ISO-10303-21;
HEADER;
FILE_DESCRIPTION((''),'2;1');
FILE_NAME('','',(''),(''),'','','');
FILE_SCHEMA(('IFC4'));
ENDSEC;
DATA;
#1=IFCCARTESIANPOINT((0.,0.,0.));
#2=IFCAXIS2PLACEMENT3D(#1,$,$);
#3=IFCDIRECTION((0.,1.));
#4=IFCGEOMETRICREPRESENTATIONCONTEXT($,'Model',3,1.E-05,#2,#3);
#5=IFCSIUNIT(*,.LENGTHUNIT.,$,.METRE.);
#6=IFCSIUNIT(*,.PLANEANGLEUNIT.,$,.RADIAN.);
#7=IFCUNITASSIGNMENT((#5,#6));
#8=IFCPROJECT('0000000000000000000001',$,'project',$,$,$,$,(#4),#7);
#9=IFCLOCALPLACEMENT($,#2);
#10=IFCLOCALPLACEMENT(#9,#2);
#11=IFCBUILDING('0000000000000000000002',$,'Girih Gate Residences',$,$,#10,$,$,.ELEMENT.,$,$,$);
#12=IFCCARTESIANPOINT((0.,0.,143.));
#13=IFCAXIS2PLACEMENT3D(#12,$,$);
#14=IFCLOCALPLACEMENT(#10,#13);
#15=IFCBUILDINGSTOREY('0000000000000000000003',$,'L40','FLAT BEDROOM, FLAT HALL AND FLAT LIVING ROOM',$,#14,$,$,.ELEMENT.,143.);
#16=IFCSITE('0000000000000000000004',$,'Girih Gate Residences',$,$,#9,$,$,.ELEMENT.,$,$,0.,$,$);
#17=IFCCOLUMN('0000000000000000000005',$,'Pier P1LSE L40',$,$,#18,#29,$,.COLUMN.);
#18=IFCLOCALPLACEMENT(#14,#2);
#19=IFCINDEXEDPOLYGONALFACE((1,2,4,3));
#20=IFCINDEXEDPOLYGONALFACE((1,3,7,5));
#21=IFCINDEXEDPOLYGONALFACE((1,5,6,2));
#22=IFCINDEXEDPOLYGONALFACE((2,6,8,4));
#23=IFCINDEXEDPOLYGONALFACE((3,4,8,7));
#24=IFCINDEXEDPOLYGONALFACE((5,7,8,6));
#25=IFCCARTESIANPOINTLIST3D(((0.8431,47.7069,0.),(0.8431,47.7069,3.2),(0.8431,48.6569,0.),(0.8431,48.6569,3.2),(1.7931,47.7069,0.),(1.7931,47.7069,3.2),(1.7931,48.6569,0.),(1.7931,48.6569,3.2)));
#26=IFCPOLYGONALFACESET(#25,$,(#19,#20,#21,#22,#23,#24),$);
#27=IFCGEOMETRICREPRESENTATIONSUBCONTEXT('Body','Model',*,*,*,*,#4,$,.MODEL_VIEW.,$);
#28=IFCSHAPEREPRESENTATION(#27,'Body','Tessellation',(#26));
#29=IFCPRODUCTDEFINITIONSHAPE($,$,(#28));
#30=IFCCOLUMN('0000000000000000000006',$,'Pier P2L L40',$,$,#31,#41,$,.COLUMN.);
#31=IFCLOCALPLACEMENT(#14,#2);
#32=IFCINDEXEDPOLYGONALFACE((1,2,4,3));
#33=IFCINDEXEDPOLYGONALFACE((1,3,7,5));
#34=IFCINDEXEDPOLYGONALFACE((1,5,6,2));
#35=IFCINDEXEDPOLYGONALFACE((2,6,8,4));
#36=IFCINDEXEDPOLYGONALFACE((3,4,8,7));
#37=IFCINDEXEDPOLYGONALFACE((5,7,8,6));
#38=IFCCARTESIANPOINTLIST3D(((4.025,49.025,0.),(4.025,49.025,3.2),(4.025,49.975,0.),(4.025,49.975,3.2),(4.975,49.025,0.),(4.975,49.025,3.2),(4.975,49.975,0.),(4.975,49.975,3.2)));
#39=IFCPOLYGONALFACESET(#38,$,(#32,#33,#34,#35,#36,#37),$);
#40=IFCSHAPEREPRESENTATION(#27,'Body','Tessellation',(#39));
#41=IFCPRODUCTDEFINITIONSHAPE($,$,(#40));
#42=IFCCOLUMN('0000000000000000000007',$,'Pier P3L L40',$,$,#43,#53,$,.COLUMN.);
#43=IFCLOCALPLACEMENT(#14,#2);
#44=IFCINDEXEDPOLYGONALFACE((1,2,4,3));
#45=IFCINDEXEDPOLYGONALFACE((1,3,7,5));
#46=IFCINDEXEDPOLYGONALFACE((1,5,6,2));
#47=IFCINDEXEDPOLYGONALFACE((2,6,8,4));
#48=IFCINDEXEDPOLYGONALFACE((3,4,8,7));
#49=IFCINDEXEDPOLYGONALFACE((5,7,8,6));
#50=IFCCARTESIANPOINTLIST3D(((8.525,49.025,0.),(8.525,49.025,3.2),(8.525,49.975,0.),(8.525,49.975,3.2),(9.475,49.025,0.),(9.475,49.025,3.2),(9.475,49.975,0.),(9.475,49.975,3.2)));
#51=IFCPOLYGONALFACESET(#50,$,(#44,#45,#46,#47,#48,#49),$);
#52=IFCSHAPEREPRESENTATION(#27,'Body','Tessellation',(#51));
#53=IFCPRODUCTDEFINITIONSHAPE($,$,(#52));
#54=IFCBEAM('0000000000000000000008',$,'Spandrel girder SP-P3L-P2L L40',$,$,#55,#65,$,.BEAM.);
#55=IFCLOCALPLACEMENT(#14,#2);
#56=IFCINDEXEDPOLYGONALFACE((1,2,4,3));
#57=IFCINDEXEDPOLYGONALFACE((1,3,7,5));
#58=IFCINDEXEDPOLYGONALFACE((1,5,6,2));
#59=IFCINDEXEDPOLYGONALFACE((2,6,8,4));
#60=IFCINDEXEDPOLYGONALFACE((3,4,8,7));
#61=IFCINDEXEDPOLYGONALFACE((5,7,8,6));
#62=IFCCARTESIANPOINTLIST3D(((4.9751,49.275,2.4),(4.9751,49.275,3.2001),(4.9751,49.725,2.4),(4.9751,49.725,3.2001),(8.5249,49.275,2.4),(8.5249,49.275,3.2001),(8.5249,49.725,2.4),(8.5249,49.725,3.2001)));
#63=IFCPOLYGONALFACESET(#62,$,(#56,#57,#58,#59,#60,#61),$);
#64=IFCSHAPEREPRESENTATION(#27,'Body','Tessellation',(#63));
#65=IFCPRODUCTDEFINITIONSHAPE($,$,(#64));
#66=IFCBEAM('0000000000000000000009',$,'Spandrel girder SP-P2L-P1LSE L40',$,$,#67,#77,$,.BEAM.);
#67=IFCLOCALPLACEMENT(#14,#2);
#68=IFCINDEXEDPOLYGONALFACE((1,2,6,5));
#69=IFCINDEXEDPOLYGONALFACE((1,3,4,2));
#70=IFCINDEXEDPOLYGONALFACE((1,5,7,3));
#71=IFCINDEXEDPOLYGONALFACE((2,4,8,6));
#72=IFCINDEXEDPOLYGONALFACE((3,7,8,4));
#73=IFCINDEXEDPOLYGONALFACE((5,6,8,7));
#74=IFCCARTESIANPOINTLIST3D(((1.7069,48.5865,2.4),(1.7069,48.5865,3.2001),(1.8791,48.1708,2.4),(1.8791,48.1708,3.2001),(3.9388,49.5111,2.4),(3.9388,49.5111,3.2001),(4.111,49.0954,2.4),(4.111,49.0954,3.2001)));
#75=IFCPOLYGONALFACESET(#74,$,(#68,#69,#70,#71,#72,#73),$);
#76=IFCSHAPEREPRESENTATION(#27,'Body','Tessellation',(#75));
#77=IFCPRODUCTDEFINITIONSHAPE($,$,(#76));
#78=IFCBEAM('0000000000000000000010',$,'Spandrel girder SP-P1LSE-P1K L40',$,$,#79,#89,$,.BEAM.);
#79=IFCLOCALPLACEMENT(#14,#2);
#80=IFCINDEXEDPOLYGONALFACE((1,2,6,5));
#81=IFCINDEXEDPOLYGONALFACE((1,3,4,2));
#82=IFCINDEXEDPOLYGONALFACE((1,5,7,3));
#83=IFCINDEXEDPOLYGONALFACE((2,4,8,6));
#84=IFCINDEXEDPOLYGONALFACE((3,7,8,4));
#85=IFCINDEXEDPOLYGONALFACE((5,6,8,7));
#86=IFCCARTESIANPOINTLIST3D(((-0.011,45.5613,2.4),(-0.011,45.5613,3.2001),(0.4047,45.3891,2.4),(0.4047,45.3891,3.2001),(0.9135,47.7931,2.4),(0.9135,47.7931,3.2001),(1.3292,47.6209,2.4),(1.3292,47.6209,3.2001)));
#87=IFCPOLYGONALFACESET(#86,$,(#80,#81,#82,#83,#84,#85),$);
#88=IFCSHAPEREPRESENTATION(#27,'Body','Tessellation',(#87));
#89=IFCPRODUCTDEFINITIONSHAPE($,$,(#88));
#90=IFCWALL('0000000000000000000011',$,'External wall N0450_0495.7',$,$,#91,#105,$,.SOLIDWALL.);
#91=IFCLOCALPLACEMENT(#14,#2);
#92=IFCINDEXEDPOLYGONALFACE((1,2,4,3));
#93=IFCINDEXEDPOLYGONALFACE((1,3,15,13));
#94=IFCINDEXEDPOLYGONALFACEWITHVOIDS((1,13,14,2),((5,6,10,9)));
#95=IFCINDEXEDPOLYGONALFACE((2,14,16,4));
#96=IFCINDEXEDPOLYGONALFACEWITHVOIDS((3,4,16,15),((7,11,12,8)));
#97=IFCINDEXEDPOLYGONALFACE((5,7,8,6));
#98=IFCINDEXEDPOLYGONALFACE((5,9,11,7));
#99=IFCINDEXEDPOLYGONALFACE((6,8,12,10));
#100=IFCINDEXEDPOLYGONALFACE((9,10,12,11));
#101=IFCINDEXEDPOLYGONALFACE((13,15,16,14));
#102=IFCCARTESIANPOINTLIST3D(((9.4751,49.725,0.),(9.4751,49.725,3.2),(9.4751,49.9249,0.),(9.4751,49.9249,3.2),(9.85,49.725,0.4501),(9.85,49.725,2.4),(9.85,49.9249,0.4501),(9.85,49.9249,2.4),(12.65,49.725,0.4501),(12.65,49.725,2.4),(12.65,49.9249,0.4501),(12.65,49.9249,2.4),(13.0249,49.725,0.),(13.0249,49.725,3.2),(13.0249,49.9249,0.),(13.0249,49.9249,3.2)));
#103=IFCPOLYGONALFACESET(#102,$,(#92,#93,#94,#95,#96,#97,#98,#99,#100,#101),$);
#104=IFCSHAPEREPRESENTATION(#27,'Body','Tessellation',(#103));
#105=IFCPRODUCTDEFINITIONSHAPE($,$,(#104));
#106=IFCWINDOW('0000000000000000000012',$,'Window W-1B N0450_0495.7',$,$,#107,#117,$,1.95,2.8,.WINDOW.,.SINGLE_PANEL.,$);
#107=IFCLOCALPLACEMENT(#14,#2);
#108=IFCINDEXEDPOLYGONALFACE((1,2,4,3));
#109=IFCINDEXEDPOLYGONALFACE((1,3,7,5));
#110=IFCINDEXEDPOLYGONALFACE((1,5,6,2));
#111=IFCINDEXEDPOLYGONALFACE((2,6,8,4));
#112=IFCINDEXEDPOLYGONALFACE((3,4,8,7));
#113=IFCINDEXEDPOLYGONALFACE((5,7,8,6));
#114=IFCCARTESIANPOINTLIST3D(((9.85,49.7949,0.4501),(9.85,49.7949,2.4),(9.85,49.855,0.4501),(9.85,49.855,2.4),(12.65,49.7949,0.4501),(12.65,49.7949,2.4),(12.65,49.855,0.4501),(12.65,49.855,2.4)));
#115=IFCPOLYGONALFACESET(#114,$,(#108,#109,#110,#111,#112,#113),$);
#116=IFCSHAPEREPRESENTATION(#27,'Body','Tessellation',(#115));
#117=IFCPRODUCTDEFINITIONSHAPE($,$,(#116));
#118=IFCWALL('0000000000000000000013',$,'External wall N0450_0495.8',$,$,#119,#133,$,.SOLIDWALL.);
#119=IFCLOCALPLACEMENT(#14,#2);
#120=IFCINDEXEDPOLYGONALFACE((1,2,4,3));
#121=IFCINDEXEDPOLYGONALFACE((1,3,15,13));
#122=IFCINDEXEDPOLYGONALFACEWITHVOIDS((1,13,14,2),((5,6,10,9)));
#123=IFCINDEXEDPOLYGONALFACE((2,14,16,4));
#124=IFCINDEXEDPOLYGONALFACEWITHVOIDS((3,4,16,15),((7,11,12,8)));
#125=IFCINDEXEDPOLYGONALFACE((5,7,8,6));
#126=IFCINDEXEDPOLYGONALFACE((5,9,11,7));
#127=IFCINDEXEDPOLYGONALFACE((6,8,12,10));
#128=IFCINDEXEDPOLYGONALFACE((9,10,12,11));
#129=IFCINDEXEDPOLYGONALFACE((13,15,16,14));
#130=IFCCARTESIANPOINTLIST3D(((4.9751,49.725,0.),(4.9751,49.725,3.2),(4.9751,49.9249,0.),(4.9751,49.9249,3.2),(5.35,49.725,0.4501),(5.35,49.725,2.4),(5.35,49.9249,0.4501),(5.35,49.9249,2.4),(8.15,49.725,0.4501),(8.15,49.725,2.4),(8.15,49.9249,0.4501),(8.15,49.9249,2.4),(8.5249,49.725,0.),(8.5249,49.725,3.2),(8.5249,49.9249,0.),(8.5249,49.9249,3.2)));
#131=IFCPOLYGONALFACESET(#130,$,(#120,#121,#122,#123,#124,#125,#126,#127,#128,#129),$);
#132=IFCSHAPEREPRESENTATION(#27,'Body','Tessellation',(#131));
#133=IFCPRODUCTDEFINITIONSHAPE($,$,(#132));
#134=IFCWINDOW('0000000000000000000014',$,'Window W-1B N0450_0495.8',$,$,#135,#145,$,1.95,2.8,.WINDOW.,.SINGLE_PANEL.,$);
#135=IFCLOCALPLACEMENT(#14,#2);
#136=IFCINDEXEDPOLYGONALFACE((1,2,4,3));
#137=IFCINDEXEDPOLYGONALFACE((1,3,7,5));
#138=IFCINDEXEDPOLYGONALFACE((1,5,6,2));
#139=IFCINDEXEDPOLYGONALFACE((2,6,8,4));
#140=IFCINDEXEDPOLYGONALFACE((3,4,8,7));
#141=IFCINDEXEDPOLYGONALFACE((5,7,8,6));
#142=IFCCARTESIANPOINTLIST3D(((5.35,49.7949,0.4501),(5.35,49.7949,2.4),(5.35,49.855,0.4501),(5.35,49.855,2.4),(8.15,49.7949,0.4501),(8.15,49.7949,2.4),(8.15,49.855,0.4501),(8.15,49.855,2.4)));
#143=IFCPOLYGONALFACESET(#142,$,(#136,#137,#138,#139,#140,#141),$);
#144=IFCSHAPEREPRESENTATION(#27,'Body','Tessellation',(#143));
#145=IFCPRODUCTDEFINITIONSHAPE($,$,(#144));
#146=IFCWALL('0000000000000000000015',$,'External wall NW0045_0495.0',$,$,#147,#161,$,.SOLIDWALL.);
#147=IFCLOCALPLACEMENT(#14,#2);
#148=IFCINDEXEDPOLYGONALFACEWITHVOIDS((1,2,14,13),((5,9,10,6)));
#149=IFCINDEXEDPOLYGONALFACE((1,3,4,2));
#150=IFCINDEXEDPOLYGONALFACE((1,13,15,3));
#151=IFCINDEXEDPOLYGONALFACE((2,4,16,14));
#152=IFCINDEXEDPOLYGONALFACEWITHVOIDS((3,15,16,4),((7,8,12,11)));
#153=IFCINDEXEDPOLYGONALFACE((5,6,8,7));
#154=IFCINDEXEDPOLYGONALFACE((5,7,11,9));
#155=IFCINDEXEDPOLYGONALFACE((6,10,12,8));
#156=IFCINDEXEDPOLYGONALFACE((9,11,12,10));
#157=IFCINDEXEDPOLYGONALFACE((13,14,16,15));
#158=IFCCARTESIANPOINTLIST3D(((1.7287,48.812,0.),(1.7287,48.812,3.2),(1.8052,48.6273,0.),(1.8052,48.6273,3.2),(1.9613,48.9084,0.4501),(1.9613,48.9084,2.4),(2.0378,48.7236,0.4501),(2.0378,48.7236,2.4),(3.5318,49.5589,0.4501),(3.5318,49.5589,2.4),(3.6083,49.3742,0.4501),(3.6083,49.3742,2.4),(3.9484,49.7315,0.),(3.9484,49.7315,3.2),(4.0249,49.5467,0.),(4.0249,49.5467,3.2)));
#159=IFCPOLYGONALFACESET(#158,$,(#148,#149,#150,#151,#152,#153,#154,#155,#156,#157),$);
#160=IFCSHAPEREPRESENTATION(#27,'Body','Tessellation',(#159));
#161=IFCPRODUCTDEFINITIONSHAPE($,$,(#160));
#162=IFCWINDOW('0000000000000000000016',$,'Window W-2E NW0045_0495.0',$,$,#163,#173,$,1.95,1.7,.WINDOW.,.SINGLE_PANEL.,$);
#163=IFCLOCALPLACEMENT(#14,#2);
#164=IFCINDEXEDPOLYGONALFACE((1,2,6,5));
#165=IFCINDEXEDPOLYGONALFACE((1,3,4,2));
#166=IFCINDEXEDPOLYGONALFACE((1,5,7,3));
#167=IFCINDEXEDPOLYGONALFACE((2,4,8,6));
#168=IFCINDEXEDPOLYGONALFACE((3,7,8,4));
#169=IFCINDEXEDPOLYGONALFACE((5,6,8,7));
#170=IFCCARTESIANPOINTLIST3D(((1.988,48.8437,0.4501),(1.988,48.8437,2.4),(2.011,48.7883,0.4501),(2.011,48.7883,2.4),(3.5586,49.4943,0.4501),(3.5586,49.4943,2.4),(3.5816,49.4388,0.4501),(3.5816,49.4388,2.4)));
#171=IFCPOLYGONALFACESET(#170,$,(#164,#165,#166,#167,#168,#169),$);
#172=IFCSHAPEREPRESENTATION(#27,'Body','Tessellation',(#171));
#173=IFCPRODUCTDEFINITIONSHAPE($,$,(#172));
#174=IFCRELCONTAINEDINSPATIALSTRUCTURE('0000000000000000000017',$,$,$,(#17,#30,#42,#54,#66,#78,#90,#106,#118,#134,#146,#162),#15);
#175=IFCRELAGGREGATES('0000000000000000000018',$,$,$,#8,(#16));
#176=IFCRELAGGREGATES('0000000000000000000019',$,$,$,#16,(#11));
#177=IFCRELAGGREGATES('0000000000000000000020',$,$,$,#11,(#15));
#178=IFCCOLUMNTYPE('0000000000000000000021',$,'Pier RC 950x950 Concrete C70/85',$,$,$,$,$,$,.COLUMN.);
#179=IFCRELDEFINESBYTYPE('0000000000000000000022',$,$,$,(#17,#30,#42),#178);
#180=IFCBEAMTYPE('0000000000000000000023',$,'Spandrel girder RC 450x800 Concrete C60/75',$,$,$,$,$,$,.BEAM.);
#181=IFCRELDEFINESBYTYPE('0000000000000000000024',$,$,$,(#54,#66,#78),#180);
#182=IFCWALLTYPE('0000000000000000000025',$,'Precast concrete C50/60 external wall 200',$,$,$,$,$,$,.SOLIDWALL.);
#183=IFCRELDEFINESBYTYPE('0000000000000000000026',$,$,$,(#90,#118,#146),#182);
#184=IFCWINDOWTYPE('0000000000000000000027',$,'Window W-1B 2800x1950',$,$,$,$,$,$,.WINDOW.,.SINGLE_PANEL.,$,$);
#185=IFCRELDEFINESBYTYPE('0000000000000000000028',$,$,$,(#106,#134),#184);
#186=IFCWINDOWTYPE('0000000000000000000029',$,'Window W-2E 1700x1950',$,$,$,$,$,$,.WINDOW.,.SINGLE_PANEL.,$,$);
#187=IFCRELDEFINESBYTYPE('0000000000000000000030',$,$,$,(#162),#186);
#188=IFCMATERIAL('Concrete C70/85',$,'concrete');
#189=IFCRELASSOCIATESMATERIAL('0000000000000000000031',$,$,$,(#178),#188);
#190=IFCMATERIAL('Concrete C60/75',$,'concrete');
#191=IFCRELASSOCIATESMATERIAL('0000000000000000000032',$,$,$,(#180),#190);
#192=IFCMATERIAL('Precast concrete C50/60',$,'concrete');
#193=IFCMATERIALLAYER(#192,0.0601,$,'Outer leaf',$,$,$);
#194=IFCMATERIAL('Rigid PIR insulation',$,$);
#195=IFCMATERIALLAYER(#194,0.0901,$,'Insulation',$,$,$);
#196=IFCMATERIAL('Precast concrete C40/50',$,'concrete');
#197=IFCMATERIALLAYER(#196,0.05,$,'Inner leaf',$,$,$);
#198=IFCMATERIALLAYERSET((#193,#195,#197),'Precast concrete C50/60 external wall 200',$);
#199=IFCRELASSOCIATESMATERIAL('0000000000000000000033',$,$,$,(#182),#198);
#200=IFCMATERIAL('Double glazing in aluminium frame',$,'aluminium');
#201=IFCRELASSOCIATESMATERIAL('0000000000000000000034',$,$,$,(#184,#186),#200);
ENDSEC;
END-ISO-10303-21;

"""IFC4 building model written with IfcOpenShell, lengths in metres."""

from ifc_helpers import new_model, si_unit, direction, frame, frame_2d, origin, origin_2d, place, context, subcontext, project, spatial, rectangle, extrude, material, layer, layer_set, material_profile, profile_set, type_object, element, fill, save


model = new_model("IFC4")

# Units and contexts
model_context = context("Model", 3, precision=1e-05, world=origin(), true_north=direction((0.0, 1.0)))
body_context = subcontext(model_context, "Body", "Model", "MODEL_VIEW")
ifc_project = project(units=[si_unit("LENGTHUNIT", "METRE"), si_unit("PLANEANGLEUNIT", "RADIAN")], contexts=[model_context])

# Site, building, storey
site_placement = place(None, origin())
site = spatial("IfcSite", under=ifc_project, at=site_placement, Name="Girih Gate Residences", CompositionType="ELEMENT", RefElevation=0.0)
building_placement = place(site_placement, origin())
building = spatial("IfcBuilding", under=site, at=building_placement, Name="Girih Gate Residences", CompositionType="ELEMENT")
storey_placement = place(building_placement, frame((0.0, 0.0, 143.0)))
storey = spatial("IfcBuildingStorey", under=building, at=storey_placement, Name="L40", Description="FLAT BEDROOM, FLAT HALL AND FLAT LIVING ROOM", CompositionType="ELEMENT", Elevation=143.0)

# Columns
ifc_material_1 = material(Name="Concrete C70/85", Category="concrete")
ifc_material_profile_1 = material_profile(ifc_material_1, rectangle(XDim=0.95, YDim=0.95, at=origin_2d()))
ifc_profile_set_1 = profile_set([ifc_material_profile_1], Name="Concrete C70/85")
column_type = type_object("IfcColumnType", Name="Pier RC 950x950 Concrete C70/85", PredefinedType="COLUMN", material=ifc_profile_set_1)
for number, where, z_axis, x_axis, name in (
    (1, (1.3181, 48.1819, 0.0), (0.0, 0.0, 1.0), (1.0, 0.0, 0.0), "Pier P1LSE L40"),
    (2, (4.5, 49.5, 0.0), (0.0, 0.0, 1.0), (1.0, 0.0, 0.0), "Pier P2L L40"),
    (3, (9.0, 49.5, 0.0), (0.0, 0.0, 1.0), (1.0, 0.0, 0.0), "Pier P3L L40"),
):
    element("IfcColumn", number, at=place(storey_placement, frame(where, z_axis=z_axis, x_axis=x_axis)), inside=storey, type_object=column_type, Name=name, PredefinedType="COLUMN", context=body_context, shape_type="SweptSolid", body=[
        extrude(rectangle(XDim=0.95, YDim=0.95, at=origin_2d()), origin(), (0.0, 0.0, 1.0), 3.2),
    ])

# Beams
ifc_material_2 = material(Name="Concrete C60/75", Category="concrete")
ifc_material_profile_2 = material_profile(ifc_material_2, rectangle(XDim=0.45, YDim=0.8, at=origin_2d()))
ifc_profile_set_2 = profile_set([ifc_material_profile_2], Name="Concrete C60/75")
beam_type = type_object("IfcBeamType", Name="Spandrel girder RC 450x800 Concrete C60/75", PredefinedType="BEAM", material=ifc_profile_set_2)
beam_placement = place(storey_placement, frame((8.5249, 49.5, 2.8), z_axis=(-1.0, 0.0, 0.0), x_axis=(0.0, -1.0, 0.0)))
element("IfcBeam", 4, at=beam_placement, inside=storey, type_object=beam_type, Name="Spandrel girder SP-P3L-P2L L40", PredefinedType="BEAM", context=body_context, shape_type="SweptSolid", body=[
    extrude(rectangle(XDim=0.45, YDim=0.8, at=origin_2d()), origin(), (0.0, 0.0, 1.0), 3.5498),
])
for number, where, z_axis, x_axis, name in (
    (5, (4.0249, 49.3032, 2.8), (-0.92387, -0.382706, 0.0), (0.382706, -0.92387, 0.0), "Spandrel girder SP-P2L-P1LSE L40"),
    (6, (1.1213, 47.707, 2.8), (-0.382706, -0.92387, 0.0), (0.92387, -0.382706, 0.0), "Spandrel girder SP-P1LSE-P1K L40"),
):
    element("IfcBeam", number, at=place(storey_placement, frame(where, z_axis=z_axis, x_axis=x_axis)), inside=storey, type_object=beam_type, Name=name, PredefinedType="BEAM", context=body_context, shape_type="SweptSolid", body=[
        extrude(rectangle(XDim=0.45, YDim=0.8, at=origin_2d()), origin(), (0.0, 0.0, 1.0), 2.4158),
    ])

# Walls, openings, windows
ifc_material_3 = material(Name="Precast concrete C50/60", Category="concrete")
ifc_layer_1 = layer(ifc_material_3, 0.0601, Name="Outer leaf")
ifc_material_4 = material(Name="Rigid PIR insulation")
ifc_layer_2 = layer(ifc_material_4, 0.0901, Name="Insulation")
ifc_material_5 = material(Name="Precast concrete C40/50", Category="concrete")
ifc_layer_3 = layer(ifc_material_5, 0.05, Name="Inner leaf")
ifc_layer_set = layer_set([ifc_layer_1, ifc_layer_2, ifc_layer_3], Name="Precast concrete C50/60 external wall 200")
wall_type = type_object("IfcWallType", Name="Precast concrete C50/60 external wall 200", PredefinedType="SOLIDWALL", material=ifc_layer_set)
wall_1_placement = place(storey_placement, frame((9.4751, 49.825, 0.0), z_axis=(0.0, 0.0, 1.0), x_axis=(1.0, 0.0, 0.0)))
wall_1 = element("IfcWall", 7, at=wall_1_placement, inside=storey, type_object=wall_type, Name="External wall N0450_0495.7", PredefinedType="SOLIDWALL", context=body_context, shape_type="SweptSolid", body=[
    extrude(rectangle(XDim=3.5498, YDim=0.2, at=frame_2d((1.7749, 0.0))), origin(), (0.0, 0.0, 1.0), 3.2),
])
opening_1_placement = place(wall_1_placement, frame((0.375, 0.0, 0.45)))
opening_1 = element("IfcOpeningElement", 8, at=opening_1_placement, cuts=wall_1, PredefinedType="OPENING", context=body_context, shape_type="SweptSolid", body=[
    extrude(rectangle(XDim=2.8, YDim=1.95, at=frame_2d((1.3999, 0.9751))), frame((0.0, 0.1099, 0.0), z_axis=(0.0, -1.0, 0.0), x_axis=(1.0, 0.0, 0.0)), (0.0, 0.0, 1.0), 0.22),
])
ifc_material_6 = material(Name="Double glazing in aluminium frame", Category="aluminium")
window_type_1 = type_object("IfcWindowType", Name="Window W-1B 2800x1950", PartitioningType="SINGLE_PANEL", PredefinedType="WINDOW", material=ifc_material_6)
window_1_placement = place(opening_1_placement, origin())
window_1 = element("IfcWindow", 9, at=window_1_placement, inside=storey, type_object=window_type_1, Name="Window W-1B N0450_0495.7", OverallHeight=1.95, OverallWidth=2.8, PartitioningType="SINGLE_PANEL", PredefinedType="WINDOW", context=body_context, shape_type="SweptSolid", body=[
    extrude(rectangle(XDim=2.8, YDim=1.95, at=frame_2d((1.3999, 0.9751))), frame((0.0, 0.03, 0.0), z_axis=(0.0, -1.0, 0.0), x_axis=(1.0, 0.0, 0.0)), (0.0, 0.0, 1.0), 0.0601),
])
fill(opening_1, window_1)
wall_2_placement = place(storey_placement, frame((4.9751, 49.825, 0.0), z_axis=(0.0, 0.0, 1.0), x_axis=(1.0, 0.0, 0.0)))
wall_2 = element("IfcWall", 10, at=wall_2_placement, inside=storey, type_object=wall_type, Name="External wall N0450_0495.8", PredefinedType="SOLIDWALL", context=body_context, shape_type="SweptSolid", body=[
    extrude(rectangle(XDim=3.5498, YDim=0.2, at=frame_2d((1.7749, 0.0))), origin(), (0.0, 0.0, 1.0), 3.2),
])
opening_2_placement = place(wall_2_placement, frame((0.375, 0.0, 0.45)))
opening_2 = element("IfcOpeningElement", 11, at=opening_2_placement, cuts=wall_2, PredefinedType="OPENING", context=body_context, shape_type="SweptSolid", body=[
    extrude(rectangle(XDim=2.8, YDim=1.95, at=frame_2d((1.3999, 0.9751))), frame((0.0, 0.1099, 0.0), z_axis=(0.0, -1.0, 0.0), x_axis=(1.0, 0.0, 0.0)), (0.0, 0.0, 1.0), 0.22),
])
window_2_placement = place(opening_2_placement, origin())
window_2 = element("IfcWindow", 12, at=window_2_placement, inside=storey, type_object=window_type_1, Name="Window W-1B N0450_0495.8", OverallHeight=1.95, OverallWidth=2.8, PartitioningType="SINGLE_PANEL", PredefinedType="WINDOW", context=body_context, shape_type="SweptSolid", body=[
    extrude(rectangle(XDim=2.8, YDim=1.95, at=frame_2d((1.3999, 0.9751))), frame((0.0, 0.03, 0.0), z_axis=(0.0, -1.0, 0.0), x_axis=(1.0, 0.0, 0.0)), (0.0, 0.0, 1.0), 0.0601),
])
fill(opening_2, window_2)
wall_3_placement = place(storey_placement, frame((1.7671, 48.7197, 0.0), z_axis=(0.0, 0.0, 1.0), x_axis=(0.923881, 0.382681, 0.0)))
wall_3 = element("IfcWall", 13, at=wall_3_placement, inside=storey, type_object=wall_type, Name="External wall NW0045_0495.0", PredefinedType="SOLIDWALL", context=body_context, shape_type="SweptSolid", body=[
    extrude(rectangle(XDim=2.4026, YDim=0.2, at=frame_2d((1.2012, 0.0))), origin(), (0.0, 0.0, 1.0), 3.2),
])
opening_3_placement = place(wall_3_placement, frame((0.2515, 0.0, 0.45)))
opening_3 = element("IfcOpeningElement", 14, at=opening_3_placement, cuts=wall_3, PredefinedType="OPENING", context=body_context, shape_type="SweptSolid", body=[
    extrude(rectangle(XDim=1.7, YDim=1.95, at=frame_2d((0.8501, 0.9751))), frame((0.0, 0.1099, 0.0), z_axis=(0.0, -1.0, 0.0), x_axis=(1.0, 0.0, 0.0)), (0.0, 0.0, 1.0), 0.22),
])
window_type_2 = type_object("IfcWindowType", Name="Window W-2E 1700x1950", PartitioningType="SINGLE_PANEL", PredefinedType="WINDOW", material=ifc_material_6)
window_3_placement = place(opening_3_placement, origin())
window_3 = element("IfcWindow", 15, at=window_3_placement, inside=storey, type_object=window_type_2, Name="Window W-2E NW0045_0495.0", OverallHeight=1.95, OverallWidth=1.7, PartitioningType="SINGLE_PANEL", PredefinedType="WINDOW", context=body_context, shape_type="SweptSolid", body=[
    extrude(rectangle(XDim=1.7, YDim=1.95, at=frame_2d((0.8501, 0.9751))), frame((0.0, 0.03, 0.0), z_axis=(0.0, -1.0, 0.0), x_axis=(1.0, 0.0, 0.0)), (0.0, 0.0, 1.0), 0.0601),
])
fill(opening_3, window_3)

save(model, "model.ifc")
